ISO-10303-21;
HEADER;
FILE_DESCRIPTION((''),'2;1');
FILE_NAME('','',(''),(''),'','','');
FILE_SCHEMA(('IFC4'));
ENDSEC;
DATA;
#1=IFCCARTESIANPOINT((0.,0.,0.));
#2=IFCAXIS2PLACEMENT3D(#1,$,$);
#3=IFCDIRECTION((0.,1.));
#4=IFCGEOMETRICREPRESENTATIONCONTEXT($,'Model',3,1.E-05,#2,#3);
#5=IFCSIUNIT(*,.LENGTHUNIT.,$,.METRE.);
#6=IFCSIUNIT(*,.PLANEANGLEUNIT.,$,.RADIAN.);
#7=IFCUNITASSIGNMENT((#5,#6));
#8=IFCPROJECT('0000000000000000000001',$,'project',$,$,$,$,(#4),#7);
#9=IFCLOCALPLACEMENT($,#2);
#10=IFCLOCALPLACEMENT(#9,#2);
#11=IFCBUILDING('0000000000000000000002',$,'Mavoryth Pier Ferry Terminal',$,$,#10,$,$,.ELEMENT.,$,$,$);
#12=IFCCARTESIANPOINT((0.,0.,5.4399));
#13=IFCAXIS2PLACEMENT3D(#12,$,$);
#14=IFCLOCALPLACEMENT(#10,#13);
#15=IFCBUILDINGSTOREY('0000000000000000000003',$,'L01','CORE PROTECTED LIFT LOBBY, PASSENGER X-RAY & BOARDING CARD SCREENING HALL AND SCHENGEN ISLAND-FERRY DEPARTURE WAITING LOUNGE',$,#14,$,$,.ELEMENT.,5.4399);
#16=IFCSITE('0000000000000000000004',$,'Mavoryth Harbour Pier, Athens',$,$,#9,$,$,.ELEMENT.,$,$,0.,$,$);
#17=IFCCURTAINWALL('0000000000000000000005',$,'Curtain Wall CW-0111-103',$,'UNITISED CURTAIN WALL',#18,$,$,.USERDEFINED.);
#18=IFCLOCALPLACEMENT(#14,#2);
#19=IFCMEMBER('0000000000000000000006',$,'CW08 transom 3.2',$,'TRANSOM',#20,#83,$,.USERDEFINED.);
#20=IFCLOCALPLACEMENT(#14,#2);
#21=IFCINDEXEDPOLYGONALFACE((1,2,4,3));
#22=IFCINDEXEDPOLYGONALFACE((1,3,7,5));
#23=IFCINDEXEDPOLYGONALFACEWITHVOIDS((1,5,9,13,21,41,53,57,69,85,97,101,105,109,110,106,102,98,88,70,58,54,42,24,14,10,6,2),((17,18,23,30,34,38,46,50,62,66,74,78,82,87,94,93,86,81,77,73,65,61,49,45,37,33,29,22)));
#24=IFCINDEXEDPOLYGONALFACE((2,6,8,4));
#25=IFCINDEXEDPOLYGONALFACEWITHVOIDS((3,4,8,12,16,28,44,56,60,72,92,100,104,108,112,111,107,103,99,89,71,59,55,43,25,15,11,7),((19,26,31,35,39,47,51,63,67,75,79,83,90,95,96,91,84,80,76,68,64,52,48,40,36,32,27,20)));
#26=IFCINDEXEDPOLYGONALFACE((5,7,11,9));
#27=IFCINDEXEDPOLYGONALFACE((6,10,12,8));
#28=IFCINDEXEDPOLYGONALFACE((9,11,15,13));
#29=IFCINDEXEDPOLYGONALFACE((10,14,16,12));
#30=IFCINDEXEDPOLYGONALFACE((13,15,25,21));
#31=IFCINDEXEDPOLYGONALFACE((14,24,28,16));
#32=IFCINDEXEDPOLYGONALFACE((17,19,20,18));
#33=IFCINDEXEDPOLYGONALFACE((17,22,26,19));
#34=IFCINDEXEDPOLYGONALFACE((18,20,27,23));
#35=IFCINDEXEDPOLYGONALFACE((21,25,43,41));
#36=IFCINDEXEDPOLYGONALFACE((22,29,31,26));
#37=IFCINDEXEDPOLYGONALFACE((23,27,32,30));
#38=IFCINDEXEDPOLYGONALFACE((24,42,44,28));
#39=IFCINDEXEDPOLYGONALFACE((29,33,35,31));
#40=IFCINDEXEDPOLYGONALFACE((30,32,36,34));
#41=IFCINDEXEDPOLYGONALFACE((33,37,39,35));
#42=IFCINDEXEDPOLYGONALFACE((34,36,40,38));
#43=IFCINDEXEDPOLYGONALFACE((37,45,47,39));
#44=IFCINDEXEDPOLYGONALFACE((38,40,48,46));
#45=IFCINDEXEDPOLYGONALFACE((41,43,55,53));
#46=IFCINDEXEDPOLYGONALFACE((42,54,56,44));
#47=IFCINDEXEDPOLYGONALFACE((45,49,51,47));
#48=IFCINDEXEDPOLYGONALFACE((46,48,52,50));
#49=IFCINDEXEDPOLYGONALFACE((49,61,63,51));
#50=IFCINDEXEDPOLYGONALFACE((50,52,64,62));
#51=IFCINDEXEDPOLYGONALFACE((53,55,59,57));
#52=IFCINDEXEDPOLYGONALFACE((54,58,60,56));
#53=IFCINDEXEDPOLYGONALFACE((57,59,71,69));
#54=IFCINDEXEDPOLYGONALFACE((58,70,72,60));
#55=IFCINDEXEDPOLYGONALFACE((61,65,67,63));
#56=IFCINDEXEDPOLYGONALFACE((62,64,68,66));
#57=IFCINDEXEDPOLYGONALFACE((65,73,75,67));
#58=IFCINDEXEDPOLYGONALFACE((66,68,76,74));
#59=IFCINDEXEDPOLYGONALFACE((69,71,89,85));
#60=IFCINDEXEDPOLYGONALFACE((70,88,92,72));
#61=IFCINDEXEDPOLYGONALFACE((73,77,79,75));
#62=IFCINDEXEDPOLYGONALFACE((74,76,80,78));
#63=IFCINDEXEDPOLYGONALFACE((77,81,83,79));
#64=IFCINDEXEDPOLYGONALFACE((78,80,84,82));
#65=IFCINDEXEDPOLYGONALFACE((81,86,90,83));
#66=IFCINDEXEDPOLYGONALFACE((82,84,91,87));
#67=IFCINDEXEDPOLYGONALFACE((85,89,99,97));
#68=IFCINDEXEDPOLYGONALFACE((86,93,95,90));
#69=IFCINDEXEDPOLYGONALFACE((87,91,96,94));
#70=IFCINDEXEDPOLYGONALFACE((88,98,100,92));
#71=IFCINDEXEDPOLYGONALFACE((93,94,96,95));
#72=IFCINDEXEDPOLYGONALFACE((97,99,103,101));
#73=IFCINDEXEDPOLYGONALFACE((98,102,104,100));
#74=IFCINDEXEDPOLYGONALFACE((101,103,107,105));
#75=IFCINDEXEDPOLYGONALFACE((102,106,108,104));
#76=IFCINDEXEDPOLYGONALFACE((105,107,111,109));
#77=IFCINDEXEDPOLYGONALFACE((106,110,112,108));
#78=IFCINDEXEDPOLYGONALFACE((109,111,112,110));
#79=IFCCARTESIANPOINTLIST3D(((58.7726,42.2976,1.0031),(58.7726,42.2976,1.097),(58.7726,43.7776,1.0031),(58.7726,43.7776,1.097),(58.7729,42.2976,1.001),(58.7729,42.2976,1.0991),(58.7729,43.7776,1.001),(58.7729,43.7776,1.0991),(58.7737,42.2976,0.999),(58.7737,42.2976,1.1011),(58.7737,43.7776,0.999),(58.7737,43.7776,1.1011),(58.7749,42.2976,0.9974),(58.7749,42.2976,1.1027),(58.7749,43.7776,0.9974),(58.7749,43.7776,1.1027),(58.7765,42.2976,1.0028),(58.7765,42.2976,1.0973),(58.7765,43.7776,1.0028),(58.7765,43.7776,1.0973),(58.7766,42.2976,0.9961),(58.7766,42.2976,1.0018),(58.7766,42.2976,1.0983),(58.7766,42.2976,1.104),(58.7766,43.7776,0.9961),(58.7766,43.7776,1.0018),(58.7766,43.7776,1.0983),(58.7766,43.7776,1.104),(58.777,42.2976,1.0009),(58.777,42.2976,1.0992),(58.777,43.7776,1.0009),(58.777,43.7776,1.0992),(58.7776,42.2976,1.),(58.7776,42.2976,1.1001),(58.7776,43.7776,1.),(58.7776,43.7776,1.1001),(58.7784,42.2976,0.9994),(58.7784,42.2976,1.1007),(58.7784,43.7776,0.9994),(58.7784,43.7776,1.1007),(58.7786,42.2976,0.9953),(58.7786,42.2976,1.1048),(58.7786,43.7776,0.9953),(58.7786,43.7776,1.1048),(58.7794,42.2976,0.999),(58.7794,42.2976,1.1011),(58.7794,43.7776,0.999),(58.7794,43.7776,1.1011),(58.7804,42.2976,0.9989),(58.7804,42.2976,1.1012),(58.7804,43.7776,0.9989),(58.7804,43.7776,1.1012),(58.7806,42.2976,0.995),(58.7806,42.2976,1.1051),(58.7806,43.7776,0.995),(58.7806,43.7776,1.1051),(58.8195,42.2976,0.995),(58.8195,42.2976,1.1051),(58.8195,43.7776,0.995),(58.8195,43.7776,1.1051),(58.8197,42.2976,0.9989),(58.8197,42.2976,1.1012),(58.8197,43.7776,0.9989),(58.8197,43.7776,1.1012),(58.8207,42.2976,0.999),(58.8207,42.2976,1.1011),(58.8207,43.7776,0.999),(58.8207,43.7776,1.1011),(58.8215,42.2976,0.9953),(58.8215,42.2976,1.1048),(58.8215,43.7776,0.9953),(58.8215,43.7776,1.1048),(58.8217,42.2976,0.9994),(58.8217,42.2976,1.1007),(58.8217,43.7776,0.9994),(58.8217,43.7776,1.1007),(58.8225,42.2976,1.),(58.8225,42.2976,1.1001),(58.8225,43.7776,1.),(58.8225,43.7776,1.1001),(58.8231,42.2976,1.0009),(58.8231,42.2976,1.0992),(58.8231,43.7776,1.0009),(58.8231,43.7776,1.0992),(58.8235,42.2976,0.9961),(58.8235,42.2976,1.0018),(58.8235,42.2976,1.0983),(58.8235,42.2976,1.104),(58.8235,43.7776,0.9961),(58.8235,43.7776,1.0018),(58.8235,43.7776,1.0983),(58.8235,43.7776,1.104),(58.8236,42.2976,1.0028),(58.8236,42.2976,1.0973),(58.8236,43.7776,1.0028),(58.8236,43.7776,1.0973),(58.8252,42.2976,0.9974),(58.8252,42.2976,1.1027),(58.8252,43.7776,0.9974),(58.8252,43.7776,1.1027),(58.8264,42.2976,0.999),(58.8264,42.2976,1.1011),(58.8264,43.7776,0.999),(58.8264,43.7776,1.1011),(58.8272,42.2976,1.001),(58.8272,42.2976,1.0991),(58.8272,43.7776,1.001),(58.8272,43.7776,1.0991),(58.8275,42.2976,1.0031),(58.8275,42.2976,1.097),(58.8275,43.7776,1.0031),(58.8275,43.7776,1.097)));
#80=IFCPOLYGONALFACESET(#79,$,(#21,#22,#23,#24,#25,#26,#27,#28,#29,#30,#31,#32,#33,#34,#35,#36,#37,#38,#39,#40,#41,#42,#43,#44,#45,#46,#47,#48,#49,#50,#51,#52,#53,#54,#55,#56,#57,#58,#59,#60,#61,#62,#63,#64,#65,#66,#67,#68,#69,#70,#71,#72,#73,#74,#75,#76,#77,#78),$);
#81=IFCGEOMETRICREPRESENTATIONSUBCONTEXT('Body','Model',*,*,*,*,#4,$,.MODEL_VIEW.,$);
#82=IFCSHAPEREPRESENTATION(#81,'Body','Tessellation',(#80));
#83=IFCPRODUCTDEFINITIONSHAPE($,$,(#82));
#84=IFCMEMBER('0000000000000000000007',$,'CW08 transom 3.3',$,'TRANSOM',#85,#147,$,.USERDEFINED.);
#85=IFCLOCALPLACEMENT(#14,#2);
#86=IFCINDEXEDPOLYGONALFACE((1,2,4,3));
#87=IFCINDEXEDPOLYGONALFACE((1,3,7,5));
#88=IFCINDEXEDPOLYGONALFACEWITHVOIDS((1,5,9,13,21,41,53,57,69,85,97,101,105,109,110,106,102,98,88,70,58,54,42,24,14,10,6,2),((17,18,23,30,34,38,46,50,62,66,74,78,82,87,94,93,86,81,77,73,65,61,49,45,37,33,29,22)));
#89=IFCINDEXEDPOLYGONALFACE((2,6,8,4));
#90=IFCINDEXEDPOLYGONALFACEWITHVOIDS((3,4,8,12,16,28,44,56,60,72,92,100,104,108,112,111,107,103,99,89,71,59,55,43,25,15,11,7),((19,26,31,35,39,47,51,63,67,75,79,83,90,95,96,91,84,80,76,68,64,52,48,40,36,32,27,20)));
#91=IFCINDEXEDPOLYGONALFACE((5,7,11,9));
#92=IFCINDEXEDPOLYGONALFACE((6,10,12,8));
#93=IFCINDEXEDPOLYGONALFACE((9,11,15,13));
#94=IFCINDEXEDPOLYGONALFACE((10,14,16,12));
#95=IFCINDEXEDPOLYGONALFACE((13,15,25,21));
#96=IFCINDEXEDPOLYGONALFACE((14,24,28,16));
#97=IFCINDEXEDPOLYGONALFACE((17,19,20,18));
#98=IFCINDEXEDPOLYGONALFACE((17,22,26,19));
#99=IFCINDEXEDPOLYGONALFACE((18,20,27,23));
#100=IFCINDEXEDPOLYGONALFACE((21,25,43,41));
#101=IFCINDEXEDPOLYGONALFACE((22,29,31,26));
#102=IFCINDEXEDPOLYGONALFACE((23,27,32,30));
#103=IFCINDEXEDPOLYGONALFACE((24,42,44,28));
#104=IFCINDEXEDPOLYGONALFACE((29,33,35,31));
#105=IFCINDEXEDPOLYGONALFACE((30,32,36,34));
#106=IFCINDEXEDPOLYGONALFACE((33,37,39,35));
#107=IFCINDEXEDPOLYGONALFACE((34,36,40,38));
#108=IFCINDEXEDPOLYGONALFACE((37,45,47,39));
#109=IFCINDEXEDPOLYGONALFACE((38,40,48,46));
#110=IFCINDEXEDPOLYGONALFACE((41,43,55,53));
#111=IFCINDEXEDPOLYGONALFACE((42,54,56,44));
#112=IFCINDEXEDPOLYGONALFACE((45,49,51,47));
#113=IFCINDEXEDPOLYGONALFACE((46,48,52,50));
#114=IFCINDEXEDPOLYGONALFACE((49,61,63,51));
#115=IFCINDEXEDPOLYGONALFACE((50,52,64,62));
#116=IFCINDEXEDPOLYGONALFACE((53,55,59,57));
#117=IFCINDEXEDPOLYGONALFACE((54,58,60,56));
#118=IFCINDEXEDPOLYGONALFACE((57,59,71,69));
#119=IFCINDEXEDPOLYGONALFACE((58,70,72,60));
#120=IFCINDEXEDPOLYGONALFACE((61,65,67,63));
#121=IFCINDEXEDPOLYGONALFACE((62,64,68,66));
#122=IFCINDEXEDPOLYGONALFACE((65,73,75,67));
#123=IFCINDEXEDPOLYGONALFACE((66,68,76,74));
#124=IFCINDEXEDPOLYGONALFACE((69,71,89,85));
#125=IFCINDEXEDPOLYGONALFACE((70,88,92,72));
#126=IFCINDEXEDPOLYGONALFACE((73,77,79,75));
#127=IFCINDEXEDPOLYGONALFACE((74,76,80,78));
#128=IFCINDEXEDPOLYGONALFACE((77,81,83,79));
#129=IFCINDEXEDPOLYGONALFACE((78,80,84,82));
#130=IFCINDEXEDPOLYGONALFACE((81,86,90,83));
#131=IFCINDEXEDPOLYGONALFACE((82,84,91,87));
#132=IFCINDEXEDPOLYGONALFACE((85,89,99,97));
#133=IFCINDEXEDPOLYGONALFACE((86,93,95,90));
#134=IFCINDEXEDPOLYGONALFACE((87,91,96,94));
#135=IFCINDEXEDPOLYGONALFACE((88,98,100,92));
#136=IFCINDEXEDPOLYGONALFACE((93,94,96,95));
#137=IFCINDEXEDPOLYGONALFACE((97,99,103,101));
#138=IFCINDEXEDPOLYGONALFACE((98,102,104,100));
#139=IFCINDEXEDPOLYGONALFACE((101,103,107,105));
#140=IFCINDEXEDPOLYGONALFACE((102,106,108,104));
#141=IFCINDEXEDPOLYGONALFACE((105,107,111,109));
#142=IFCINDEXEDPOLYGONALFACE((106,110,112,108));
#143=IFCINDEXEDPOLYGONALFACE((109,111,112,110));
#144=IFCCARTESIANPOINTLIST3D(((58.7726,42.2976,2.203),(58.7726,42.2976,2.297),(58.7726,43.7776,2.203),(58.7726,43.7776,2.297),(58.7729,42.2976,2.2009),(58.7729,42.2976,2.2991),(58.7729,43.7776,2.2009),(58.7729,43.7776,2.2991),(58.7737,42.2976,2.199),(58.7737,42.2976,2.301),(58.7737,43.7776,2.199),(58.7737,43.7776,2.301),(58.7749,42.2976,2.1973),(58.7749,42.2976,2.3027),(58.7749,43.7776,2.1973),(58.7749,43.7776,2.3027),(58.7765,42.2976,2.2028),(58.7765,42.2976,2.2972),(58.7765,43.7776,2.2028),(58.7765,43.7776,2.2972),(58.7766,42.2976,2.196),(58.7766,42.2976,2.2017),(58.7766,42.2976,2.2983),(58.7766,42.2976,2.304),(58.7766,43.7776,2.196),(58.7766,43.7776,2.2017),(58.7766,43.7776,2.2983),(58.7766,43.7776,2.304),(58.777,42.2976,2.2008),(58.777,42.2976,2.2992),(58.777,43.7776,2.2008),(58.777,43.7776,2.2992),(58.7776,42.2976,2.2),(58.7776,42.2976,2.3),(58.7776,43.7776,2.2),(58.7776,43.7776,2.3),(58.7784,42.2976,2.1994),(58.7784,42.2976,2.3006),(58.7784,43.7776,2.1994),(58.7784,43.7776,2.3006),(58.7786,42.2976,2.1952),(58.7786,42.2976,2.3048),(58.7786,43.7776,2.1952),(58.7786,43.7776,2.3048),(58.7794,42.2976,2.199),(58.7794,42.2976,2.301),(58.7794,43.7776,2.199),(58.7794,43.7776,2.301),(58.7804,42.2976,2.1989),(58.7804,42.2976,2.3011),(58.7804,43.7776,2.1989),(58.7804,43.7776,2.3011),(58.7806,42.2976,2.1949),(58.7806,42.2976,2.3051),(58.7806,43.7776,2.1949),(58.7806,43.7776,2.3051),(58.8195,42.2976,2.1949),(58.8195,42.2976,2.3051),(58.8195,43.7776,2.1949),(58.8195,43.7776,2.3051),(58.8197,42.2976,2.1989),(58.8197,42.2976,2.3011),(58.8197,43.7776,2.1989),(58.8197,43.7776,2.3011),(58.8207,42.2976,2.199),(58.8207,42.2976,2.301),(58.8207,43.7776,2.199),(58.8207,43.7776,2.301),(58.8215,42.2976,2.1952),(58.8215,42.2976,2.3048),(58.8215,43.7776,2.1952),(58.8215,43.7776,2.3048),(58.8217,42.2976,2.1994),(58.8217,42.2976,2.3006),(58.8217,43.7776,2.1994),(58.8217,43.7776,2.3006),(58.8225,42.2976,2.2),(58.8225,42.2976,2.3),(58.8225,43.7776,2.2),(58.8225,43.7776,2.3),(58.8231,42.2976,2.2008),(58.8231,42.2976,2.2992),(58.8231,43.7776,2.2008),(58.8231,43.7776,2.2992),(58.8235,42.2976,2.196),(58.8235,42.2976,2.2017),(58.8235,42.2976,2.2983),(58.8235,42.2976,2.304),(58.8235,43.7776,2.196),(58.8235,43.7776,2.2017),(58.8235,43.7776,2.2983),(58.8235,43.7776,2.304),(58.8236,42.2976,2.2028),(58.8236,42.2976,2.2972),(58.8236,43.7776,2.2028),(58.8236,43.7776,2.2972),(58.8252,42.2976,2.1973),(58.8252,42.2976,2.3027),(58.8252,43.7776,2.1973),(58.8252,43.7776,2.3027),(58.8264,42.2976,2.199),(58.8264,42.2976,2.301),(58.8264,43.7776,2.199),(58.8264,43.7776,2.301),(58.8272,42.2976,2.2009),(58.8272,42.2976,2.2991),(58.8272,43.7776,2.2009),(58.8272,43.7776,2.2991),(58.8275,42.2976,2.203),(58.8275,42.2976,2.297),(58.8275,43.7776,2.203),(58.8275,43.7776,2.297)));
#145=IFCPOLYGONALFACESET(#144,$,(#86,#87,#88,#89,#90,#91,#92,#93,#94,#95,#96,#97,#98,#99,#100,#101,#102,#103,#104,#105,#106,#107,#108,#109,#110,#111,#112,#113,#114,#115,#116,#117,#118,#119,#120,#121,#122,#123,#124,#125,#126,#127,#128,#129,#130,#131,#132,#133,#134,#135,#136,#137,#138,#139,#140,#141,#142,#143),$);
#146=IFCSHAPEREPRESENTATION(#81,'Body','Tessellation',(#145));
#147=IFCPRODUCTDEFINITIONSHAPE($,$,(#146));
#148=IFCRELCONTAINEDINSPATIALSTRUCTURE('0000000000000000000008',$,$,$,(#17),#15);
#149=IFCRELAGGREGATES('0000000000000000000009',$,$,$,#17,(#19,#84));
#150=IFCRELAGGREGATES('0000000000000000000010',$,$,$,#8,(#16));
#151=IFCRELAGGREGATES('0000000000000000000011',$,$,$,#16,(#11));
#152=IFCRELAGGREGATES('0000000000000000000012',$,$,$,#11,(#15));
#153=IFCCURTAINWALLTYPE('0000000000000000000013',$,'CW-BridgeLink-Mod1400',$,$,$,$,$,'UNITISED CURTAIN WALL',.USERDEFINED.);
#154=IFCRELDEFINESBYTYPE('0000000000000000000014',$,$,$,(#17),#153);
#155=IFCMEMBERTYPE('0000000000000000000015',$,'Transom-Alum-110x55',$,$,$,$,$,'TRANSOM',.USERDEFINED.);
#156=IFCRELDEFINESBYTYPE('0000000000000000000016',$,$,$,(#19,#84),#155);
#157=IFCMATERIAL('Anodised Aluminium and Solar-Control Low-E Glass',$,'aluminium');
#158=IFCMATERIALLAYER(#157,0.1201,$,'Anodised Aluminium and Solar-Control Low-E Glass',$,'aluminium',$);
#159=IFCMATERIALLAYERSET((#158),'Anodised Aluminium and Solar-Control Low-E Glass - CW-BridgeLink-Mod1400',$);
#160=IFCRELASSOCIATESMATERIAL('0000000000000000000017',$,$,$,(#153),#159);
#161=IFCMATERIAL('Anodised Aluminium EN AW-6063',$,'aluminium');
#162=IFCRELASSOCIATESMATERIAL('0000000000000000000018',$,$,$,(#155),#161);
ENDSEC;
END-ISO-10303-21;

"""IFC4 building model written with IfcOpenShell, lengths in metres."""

from ifc_helpers import new_model, si_unit, direction, frame, origin, origin_2d, place, context, subcontext, project, spatial, hollow_rectangle, extrude, material, layer, layer_set, material_profile, profile_set, type_object, element, aggregate, save


model = new_model("IFC4")

# Units and contexts
model_context = context("Model", 3, precision=1e-05, world=origin(), true_north=direction((0.0, 1.0)))
body_context = subcontext(model_context, "Body", "Model", "MODEL_VIEW")
ifc_project = project(units=[si_unit("LENGTHUNIT", "METRE"), si_unit("PLANEANGLEUNIT", "RADIAN")], contexts=[model_context])

# Site, building, storey
site_placement = place(None, origin())
site = spatial("IfcSite", under=ifc_project, at=site_placement, Name="Mavoryth Harbour Pier, Athens", CompositionType="ELEMENT", RefElevation=0.0)
building_placement = place(site_placement, origin())
building = spatial("IfcBuilding", under=site, at=building_placement, Name="Mavoryth Pier Ferry Terminal", CompositionType="ELEMENT")
storey_placement = place(building_placement, frame((0.0, 0.0, 5.4399)))
storey = spatial("IfcBuildingStorey", under=building, at=storey_placement, Name="L01", Description="CORE PROTECTED LIFT LOBBY, PASSENGER X-RAY & BOARDING CARD SCREENING HALL AND SCHENGEN ISLAND-FERRY DEPARTURE WAITING LOUNGE", CompositionType="ELEMENT", Elevation=5.4399)

# Curtain wall
ifc_material_1 = material(Name="Anodised Aluminium and Solar-Control Low-E Glass", Category="aluminium")
ifc_layer_1 = layer(ifc_material_1, 0.1201, Name="Anodised Aluminium and Solar-Control Low-E Glass", Category="aluminium")
ifc_layer_set_1 = layer_set([ifc_layer_1], Name="Anodised Aluminium and Solar-Control Low-E Glass - CW-BridgeLink-Mod1400")
curtain_wall_type = type_object("IfcCurtainWallType", Name="CW-BridgeLink-Mod1400", ElementType="UNITISED CURTAIN WALL", PredefinedType="USERDEFINED", material=ifc_layer_set_1)
curtain_wall_1_placement = place(storey_placement, origin())
curtain_wall_1 = element("IfcCurtainWall", 1, at=curtain_wall_1_placement, inside=storey, type_object=curtain_wall_type, Name="Curtain Wall CW-0111-103", ObjectType="UNITISED CURTAIN WALL", PredefinedType="USERDEFINED")
ifc_material_2 = material(Name="Anodised Aluminium EN AW-6063", Category="aluminium")

# Members
ifc_material_profile_1 = material_profile(ifc_material_2, hollow_rectangle(XDim=0.0549, YDim=0.1101, WallThickness=0.0039, InnerFilletRadius=0.0039, OuterFilletRadius=0.0081, at=origin_2d()), Name="AL-TRAN 110x55x4", Category="aluminium")
ifc_profile_set_1 = profile_set([ifc_material_profile_1], Name="Anodised Aluminium EN AW-6063 - AL-TRAN 110x55x4")
member_type_1 = type_object("IfcMemberType", Name="Transom-Alum-110x55", ElementType="TRANSOM", PredefinedType="USERDEFINED", material=ifc_profile_set_1)
member_1_placement = place(storey_placement, frame((58.8, 42.2976, 1.05), z_axis=(0.0, 1.0, 0.0), x_axis=(-1.0, 0.0, 0.0)))
member_1 = element("IfcMember", 2, at=member_1_placement, type_object=member_type_1, Name="CW08 transom 3.2", ObjectType="TRANSOM", PredefinedType="USERDEFINED", context=body_context, shape_type="SweptSolid", body=[
    extrude(hollow_rectangle(XDim=0.0549, YDim=0.1101, WallThickness=0.0039, InnerFilletRadius=0.0039, OuterFilletRadius=0.0081, at=origin_2d()), origin(), (0.0, 0.0, 1.0), 1.48),
])
member_2_placement = place(storey_placement, frame((58.8, 42.2976, 2.25), z_axis=(0.0, 1.0, 0.0), x_axis=(-1.0, 0.0, 0.0)))
member_2 = element("IfcMember", 3, at=member_2_placement, type_object=member_type_1, Name="CW08 transom 3.3", ObjectType="TRANSOM", PredefinedType="USERDEFINED", context=body_context, shape_type="SweptSolid", body=[
    extrude(hollow_rectangle(XDim=0.0549, YDim=0.1101, WallThickness=0.0039, InnerFilletRadius=0.0039, OuterFilletRadius=0.0081, at=origin_2d()), origin(), (0.0, 0.0, 1.0), 1.48),
])

aggregate(curtain_wall_1, [member_1, member_2])

save(model, "model.ifc")
